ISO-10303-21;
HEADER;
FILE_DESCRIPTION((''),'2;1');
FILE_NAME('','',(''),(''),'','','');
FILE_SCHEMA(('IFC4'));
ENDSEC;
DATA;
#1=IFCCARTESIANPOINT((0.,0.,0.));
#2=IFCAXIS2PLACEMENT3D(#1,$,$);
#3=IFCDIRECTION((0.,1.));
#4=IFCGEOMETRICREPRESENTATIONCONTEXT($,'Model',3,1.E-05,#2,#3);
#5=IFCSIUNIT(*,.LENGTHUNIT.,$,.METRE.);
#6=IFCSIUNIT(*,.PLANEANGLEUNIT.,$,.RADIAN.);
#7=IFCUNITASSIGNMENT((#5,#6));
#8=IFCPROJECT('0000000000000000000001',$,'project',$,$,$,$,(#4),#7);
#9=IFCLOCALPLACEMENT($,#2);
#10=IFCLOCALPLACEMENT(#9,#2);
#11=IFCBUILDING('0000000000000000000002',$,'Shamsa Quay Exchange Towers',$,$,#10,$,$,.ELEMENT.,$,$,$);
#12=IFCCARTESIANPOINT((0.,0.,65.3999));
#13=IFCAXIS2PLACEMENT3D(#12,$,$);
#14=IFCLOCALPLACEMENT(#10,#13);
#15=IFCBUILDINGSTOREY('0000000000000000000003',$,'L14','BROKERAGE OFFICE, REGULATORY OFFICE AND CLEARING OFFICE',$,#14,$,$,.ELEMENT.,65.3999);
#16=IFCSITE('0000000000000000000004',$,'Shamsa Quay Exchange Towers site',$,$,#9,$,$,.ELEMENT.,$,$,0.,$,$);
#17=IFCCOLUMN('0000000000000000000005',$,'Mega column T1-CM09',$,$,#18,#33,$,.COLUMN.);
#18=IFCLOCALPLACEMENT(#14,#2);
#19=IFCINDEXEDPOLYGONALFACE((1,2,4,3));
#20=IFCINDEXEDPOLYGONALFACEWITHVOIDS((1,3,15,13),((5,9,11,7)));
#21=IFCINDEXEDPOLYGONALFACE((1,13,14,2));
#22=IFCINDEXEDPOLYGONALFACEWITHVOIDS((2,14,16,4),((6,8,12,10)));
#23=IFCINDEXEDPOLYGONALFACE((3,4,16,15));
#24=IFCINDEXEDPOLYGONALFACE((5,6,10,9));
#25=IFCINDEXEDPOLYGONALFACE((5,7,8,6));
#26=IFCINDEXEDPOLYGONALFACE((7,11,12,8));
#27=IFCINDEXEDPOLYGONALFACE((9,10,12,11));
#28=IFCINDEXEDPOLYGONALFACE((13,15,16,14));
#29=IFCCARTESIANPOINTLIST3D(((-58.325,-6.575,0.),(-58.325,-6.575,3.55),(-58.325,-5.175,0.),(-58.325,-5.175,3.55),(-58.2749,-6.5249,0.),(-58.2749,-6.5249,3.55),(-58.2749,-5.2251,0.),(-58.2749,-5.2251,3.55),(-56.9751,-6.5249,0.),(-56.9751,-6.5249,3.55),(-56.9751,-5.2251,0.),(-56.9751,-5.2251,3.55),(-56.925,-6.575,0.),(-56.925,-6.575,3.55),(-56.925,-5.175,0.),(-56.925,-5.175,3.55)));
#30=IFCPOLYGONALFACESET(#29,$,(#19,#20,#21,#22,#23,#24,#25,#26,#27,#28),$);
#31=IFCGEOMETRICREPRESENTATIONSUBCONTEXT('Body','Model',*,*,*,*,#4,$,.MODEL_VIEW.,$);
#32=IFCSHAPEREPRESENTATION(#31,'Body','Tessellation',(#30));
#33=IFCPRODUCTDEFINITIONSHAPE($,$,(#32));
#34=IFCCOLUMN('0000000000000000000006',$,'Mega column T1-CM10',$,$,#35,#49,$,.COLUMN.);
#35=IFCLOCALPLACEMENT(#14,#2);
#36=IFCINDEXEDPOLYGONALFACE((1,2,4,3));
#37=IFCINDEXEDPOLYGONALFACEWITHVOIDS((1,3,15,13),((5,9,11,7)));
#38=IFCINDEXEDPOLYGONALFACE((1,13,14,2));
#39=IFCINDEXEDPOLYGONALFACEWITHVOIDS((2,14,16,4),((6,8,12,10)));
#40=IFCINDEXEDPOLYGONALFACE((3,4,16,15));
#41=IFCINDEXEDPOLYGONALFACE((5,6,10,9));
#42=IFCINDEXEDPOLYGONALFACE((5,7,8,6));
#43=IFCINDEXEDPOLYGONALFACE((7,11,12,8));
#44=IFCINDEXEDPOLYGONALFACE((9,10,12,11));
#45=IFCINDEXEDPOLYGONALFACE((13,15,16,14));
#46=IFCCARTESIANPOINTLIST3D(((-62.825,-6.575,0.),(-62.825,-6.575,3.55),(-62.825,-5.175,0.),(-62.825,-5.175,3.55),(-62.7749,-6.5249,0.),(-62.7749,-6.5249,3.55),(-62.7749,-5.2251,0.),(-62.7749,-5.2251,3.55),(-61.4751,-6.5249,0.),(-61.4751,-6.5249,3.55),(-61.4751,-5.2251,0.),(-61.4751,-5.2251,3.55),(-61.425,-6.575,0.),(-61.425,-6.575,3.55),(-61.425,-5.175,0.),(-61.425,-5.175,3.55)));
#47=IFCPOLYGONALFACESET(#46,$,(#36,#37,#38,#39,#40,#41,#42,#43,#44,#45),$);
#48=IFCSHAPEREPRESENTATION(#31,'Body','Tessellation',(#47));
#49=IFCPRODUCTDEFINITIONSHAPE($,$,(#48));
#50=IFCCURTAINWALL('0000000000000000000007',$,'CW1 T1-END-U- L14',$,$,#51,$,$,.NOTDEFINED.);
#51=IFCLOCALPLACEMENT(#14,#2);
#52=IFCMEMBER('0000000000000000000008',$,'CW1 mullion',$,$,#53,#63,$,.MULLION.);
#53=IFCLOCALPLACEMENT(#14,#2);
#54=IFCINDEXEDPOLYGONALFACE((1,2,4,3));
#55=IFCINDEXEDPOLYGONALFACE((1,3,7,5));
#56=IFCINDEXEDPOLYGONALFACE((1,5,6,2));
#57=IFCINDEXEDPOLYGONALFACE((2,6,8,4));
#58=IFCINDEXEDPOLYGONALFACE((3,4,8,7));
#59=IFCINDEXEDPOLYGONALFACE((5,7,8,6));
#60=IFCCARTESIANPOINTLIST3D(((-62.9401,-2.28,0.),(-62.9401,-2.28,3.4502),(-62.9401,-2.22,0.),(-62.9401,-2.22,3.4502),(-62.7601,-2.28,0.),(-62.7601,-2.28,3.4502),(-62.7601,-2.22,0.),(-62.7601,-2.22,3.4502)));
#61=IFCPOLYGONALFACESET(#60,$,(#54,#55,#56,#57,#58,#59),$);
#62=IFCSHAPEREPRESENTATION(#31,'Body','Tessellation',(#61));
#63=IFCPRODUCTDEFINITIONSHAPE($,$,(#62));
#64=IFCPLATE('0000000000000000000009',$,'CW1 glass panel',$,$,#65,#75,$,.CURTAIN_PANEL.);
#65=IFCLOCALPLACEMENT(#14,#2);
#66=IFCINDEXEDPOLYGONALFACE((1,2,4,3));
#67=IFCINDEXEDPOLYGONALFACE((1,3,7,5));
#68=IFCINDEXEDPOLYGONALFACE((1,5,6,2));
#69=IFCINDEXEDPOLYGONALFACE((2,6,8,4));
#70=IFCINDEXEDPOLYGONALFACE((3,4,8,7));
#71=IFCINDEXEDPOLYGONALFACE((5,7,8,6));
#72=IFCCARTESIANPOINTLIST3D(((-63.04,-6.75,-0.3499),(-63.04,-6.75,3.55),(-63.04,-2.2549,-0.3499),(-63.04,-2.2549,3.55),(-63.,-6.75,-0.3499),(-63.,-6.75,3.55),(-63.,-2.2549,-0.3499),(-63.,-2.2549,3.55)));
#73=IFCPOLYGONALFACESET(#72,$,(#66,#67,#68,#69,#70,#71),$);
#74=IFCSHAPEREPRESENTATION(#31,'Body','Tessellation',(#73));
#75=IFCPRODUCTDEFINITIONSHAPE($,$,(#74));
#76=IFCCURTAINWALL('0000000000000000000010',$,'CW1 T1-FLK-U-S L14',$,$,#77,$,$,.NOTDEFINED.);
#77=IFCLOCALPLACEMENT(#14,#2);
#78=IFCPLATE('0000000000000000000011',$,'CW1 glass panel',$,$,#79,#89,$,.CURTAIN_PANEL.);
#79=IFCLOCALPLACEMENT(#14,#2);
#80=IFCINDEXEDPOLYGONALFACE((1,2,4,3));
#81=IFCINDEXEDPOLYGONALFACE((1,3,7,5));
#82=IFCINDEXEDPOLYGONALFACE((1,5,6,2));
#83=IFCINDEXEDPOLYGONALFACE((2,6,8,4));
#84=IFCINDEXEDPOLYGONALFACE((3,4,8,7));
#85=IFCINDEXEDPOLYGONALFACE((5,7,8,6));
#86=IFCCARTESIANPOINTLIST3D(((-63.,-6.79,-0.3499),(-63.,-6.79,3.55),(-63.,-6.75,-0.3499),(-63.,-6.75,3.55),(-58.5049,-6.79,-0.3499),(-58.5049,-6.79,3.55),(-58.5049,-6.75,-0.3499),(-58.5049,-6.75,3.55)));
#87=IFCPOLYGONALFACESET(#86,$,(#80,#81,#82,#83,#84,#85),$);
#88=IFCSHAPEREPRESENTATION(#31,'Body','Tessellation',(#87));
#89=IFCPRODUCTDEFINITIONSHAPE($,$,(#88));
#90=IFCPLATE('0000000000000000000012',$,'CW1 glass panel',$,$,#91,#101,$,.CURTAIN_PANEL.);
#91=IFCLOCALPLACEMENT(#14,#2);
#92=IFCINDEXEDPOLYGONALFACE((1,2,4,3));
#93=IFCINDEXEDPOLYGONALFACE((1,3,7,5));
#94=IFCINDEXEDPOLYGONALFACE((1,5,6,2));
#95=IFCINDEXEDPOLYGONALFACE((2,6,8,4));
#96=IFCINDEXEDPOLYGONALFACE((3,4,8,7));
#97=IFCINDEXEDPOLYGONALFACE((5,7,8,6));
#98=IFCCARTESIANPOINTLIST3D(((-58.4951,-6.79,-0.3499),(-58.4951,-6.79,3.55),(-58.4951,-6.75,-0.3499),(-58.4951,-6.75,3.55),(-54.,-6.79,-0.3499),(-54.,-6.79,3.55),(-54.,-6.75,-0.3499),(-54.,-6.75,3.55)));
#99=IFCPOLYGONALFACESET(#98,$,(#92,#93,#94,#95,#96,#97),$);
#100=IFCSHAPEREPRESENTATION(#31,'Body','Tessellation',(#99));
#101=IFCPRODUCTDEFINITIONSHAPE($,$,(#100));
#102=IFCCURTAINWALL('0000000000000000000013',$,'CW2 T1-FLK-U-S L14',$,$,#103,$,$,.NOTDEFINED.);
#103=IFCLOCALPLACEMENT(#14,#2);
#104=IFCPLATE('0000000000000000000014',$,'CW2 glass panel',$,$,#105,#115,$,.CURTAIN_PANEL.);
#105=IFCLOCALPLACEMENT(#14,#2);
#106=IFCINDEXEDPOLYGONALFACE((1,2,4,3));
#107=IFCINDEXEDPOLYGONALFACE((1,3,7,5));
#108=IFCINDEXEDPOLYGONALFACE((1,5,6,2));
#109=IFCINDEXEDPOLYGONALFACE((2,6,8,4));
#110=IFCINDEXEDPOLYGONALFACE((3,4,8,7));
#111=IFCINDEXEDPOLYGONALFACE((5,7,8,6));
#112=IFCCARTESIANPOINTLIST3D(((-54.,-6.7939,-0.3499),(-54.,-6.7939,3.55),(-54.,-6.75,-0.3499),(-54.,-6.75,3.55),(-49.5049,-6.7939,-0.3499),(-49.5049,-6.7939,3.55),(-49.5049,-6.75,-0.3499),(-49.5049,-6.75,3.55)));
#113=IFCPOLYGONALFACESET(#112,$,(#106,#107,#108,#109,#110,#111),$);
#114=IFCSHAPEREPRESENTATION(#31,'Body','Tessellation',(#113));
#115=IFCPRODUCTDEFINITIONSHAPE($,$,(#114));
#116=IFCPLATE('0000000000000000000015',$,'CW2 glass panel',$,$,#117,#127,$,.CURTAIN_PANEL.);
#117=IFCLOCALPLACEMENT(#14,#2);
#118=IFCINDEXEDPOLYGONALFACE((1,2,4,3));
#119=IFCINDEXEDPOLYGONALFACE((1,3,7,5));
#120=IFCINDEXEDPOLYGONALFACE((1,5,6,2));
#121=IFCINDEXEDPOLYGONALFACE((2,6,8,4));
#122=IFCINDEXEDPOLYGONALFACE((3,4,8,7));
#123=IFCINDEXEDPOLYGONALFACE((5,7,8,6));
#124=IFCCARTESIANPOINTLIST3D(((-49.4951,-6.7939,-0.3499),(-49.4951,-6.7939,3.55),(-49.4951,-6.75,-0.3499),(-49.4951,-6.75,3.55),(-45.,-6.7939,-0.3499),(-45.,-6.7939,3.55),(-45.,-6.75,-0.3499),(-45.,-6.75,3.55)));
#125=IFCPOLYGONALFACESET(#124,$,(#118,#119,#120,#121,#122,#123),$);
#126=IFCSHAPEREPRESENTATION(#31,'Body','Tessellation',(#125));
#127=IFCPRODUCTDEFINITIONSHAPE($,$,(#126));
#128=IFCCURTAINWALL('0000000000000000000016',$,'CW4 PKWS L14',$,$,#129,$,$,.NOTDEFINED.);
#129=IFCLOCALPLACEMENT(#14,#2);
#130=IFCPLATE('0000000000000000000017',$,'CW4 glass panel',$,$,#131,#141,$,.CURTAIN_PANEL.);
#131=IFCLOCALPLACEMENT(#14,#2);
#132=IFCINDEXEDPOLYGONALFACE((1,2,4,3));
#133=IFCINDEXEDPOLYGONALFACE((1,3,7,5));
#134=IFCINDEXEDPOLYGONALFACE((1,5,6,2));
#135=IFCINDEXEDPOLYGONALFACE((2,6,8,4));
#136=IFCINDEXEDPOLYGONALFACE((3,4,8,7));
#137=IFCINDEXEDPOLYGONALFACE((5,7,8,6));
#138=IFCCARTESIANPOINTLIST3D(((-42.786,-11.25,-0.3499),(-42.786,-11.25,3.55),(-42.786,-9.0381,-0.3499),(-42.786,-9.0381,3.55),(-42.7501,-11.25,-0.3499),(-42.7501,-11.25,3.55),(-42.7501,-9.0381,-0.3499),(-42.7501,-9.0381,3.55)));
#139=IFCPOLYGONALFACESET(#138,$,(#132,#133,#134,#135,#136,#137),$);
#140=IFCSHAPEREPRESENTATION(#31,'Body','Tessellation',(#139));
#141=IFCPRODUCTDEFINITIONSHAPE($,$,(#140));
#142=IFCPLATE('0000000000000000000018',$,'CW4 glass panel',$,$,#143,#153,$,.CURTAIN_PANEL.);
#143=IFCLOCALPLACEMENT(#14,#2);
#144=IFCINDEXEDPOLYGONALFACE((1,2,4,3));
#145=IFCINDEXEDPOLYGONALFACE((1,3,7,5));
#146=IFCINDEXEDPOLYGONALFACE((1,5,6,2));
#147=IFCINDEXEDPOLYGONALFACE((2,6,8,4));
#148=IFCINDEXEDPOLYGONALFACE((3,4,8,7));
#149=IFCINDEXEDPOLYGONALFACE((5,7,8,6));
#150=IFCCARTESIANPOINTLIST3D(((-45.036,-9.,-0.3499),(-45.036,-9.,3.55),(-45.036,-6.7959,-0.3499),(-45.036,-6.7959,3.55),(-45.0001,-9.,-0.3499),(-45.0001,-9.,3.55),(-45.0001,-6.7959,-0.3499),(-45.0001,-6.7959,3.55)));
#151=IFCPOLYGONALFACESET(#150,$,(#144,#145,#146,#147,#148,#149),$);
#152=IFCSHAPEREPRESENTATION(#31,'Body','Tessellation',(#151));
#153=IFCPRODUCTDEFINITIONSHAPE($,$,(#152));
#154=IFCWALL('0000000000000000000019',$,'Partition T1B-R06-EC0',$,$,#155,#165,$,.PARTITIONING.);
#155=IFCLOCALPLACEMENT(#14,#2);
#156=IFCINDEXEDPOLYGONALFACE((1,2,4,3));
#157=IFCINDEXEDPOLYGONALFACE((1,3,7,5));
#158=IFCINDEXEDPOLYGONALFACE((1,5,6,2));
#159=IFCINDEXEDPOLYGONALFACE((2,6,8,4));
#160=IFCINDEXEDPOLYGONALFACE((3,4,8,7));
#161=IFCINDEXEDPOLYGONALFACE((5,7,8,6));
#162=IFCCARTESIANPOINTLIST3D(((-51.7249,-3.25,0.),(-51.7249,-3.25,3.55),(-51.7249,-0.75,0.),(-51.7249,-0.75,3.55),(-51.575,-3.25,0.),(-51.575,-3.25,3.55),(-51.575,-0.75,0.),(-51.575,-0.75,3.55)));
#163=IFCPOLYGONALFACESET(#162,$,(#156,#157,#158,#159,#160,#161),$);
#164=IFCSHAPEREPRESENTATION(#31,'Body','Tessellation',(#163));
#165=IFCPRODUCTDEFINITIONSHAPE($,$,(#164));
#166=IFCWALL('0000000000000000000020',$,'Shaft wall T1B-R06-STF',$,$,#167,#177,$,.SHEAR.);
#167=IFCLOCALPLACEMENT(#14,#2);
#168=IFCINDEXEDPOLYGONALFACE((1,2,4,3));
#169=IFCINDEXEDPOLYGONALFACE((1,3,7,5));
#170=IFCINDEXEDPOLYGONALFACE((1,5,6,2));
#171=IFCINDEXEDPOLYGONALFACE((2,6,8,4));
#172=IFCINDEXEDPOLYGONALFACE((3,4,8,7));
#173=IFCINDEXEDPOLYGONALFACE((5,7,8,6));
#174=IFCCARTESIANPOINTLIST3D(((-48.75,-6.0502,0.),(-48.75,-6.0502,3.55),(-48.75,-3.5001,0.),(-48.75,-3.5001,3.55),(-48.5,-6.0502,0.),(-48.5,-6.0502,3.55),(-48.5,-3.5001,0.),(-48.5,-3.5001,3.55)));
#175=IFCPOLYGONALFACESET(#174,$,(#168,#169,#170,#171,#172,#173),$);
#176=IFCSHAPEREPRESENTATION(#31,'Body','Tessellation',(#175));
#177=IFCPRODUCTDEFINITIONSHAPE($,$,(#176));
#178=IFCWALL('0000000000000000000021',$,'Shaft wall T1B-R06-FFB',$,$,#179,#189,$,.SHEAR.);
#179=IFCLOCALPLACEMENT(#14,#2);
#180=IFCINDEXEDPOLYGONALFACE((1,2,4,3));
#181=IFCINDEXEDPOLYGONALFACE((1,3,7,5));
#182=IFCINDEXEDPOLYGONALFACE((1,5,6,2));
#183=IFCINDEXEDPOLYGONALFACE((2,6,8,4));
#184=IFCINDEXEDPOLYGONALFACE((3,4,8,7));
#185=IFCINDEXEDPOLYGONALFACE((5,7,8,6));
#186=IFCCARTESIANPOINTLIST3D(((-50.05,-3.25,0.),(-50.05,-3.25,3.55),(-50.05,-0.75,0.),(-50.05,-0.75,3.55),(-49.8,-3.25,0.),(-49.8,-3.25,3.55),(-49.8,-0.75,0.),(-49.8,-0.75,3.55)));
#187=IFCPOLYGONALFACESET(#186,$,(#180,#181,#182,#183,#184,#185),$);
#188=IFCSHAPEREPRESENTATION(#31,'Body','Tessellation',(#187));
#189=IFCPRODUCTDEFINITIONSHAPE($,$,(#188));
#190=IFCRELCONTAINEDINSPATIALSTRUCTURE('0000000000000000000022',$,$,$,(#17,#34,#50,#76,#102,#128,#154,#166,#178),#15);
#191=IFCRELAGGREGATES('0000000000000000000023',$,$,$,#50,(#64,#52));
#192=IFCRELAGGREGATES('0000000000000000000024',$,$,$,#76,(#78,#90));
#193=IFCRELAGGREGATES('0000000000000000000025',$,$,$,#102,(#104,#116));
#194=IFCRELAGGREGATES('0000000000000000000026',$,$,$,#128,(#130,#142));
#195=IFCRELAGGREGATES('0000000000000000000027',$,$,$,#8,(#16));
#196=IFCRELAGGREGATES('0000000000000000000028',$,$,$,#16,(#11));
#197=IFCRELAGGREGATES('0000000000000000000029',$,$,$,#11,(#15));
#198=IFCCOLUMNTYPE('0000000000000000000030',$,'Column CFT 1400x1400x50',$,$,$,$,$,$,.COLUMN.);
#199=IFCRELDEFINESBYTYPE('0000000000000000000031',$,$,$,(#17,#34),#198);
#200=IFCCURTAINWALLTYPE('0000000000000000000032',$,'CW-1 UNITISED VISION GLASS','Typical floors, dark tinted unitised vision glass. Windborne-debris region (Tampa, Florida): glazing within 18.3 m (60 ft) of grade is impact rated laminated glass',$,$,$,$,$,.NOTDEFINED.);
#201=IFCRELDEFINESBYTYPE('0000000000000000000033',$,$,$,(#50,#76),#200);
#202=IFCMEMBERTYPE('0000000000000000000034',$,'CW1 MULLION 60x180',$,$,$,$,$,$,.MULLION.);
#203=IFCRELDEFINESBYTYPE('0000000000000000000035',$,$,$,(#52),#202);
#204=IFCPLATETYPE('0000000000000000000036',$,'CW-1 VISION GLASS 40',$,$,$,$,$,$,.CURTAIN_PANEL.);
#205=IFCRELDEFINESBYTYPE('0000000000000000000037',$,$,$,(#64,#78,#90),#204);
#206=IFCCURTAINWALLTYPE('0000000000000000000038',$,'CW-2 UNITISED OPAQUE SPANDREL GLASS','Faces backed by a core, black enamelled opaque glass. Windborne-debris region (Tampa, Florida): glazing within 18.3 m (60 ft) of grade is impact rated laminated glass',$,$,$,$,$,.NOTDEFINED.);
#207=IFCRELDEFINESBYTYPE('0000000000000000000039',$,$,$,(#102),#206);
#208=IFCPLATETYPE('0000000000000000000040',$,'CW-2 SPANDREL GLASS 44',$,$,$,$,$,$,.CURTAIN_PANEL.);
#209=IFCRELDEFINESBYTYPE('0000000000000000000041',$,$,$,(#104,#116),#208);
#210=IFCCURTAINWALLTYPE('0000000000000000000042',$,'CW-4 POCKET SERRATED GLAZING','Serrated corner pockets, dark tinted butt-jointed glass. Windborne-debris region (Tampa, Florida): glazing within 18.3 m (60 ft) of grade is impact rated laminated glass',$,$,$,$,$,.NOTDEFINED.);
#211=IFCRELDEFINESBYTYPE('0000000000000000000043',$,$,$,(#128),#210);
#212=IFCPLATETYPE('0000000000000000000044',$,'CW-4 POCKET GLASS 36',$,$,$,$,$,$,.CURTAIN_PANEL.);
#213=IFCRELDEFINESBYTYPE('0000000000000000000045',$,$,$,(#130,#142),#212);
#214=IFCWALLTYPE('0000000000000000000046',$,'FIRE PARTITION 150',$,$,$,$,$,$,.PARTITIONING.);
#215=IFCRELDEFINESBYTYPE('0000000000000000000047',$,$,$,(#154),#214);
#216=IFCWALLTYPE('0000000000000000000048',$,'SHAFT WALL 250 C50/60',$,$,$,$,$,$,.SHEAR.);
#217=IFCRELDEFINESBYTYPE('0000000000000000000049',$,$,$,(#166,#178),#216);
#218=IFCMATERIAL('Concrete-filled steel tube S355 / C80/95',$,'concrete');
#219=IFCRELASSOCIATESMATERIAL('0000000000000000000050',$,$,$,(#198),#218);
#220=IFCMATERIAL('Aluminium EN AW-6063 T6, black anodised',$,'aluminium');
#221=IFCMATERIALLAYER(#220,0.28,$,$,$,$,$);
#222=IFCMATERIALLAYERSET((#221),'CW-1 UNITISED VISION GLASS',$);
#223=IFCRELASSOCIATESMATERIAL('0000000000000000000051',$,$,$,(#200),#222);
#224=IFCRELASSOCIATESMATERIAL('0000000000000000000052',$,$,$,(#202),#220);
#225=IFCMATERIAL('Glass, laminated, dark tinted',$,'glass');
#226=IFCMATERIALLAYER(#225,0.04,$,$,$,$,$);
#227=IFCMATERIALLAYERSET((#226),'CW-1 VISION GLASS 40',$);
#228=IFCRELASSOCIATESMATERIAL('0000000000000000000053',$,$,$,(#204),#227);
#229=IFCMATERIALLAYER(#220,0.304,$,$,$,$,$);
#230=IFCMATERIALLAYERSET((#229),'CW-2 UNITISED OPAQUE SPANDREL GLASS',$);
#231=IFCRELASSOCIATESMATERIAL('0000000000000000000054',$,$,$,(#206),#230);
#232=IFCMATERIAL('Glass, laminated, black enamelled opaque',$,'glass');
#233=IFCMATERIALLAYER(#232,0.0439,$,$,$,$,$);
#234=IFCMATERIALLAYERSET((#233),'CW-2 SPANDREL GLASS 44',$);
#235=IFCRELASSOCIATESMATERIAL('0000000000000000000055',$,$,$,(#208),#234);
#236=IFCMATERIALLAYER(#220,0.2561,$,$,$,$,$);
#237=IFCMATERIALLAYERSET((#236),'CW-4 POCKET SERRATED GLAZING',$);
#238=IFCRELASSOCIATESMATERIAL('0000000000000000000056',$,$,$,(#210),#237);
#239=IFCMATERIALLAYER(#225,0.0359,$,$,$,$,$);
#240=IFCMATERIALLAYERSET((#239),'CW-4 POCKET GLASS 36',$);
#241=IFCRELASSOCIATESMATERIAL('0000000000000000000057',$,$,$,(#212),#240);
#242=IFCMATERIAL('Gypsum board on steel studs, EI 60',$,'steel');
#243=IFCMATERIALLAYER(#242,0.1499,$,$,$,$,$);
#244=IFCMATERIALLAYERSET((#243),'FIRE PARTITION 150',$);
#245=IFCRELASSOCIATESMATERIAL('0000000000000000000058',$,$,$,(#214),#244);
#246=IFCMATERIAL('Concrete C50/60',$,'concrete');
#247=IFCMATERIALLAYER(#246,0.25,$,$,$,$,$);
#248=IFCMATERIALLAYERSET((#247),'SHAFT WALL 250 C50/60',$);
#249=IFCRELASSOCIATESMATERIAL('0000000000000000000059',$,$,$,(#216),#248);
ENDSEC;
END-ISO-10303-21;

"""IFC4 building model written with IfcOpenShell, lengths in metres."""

from ifc_helpers import new_model, si_unit, direction, frame, frame_2d, origin, origin_2d, place, context, subcontext, project, spatial, rectangle, hollow_rectangle, extrude, material, layer, layer_set, material_profile, profile_set, type_object, element, aggregate, save


model = new_model("IFC4")

# Units and contexts
model_context = context("Model", 3, precision=1e-05, world=origin(), true_north=direction((0.0, 1.0)))
body_context = subcontext(model_context, "Body", "Model", "MODEL_VIEW")
ifc_project = project(units=[si_unit("LENGTHUNIT", "METRE"), si_unit("PLANEANGLEUNIT", "RADIAN")], contexts=[model_context])

# Site, building, storey
site_placement = place(None, origin())
site = spatial("IfcSite", under=ifc_project, at=site_placement, Name="Shamsa Quay Exchange Towers site", CompositionType="ELEMENT", RefElevation=0.0)
building_placement = place(site_placement, origin())
building = spatial("IfcBuilding", under=site, at=building_placement, Name="Shamsa Quay Exchange Towers", CompositionType="ELEMENT")
storey_placement = place(building_placement, frame((0.0, 0.0, 65.3999)))
storey = spatial("IfcBuildingStorey", under=building, at=storey_placement, Name="L14", Description="BROKERAGE OFFICE, REGULATORY OFFICE AND CLEARING OFFICE", CompositionType="ELEMENT", Elevation=65.3999)

# Columns
ifc_material_1 = material(Name="Concrete-filled steel tube S355 / C80/95", Category="concrete")
ifc_material_profile_1 = material_profile(ifc_material_1, hollow_rectangle(XDim=1.3999, YDim=1.3999, WallThickness=0.05, at=origin_2d()), Name="CFT 1400x1400x50")
ifc_profile_set_1 = profile_set([ifc_material_profile_1], Name="Concrete-filled steel tube S355 / C80/95")
column_type = type_object("IfcColumnType", Name="Column CFT 1400x1400x50", PredefinedType="COLUMN", material=ifc_profile_set_1)
for number, where, name in (
    (1, (-57.625, -5.875, 0.0), "Mega column T1-CM09"),
    (2, (-62.125, -5.875, 0.0), "Mega column T1-CM10"),
):
    element("IfcColumn", number, at=place(storey_placement, frame(where)), inside=storey, type_object=column_type, Name=name, PredefinedType="COLUMN", context=body_context, shape_type="SweptSolid", body=[
        extrude(hollow_rectangle(XDim=1.3999, YDim=1.3999, WallThickness=0.05, at=origin_2d()), origin(), (0.0, 0.0, 1.0), 3.55),
    ])

# Curtain wall, member, plate
ifc_material_2 = material(Name="Aluminium EN AW-6063 T6, black anodised", Category="aluminium")
ifc_layer_1 = layer(ifc_material_2, 0.28)
ifc_layer_set_1 = layer_set([ifc_layer_1], Name="CW-1 UNITISED VISION GLASS")
curtain_wall_type_1 = type_object("IfcCurtainWallType", Name="CW-1 UNITISED VISION GLASS", Description="Typical floors, dark tinted unitised vision glass. Windborne-debris region (Tampa, Florida): glazing within 18.3 m (60 ft) of grade is impact rated laminated glass", PredefinedType="NOTDEFINED", material=ifc_layer_set_1)
curtain_wall_1_placement = place(storey_placement, origin())
curtain_wall_1 = element("IfcCurtainWall", 3, at=curtain_wall_1_placement, inside=storey, type_object=curtain_wall_type_1, Name="CW1 T1-END-U- L14", PredefinedType="NOTDEFINED")
ifc_material_profile_2 = material_profile(ifc_material_2, rectangle(XDim=0.1799, YDim=0.0601, at=origin_2d()), Name="MU60x180")
ifc_profile_set_2 = profile_set([ifc_material_profile_2], Name="Aluminium EN AW-6063 T6, black anodised")
member_type = type_object("IfcMemberType", Name="CW1 MULLION 60x180", PredefinedType="MULLION", material=ifc_profile_set_2)
member_placement = place(storey_placement, frame((-62.8501, -2.25, 0.0)))
member = element("IfcMember", 4, at=member_placement, type_object=member_type, Name="CW1 mullion", PredefinedType="MULLION", context=body_context, shape_type="SweptSolid", body=[
    extrude(rectangle(XDim=0.1799, YDim=0.0601, at=origin_2d()), origin(), (0.0, 0.0, 1.0), 3.4502),
])
ifc_material_3 = material(Name="Glass, laminated, dark tinted", Category="glass")
ifc_layer_2 = layer(ifc_material_3, 0.04)
ifc_layer_set_2 = layer_set([ifc_layer_2], Name="CW-1 VISION GLASS 40")
plate_type_1 = type_object("IfcPlateType", Name="CW-1 VISION GLASS 40", PredefinedType="CURTAIN_PANEL", material=ifc_layer_set_2)
plate_1_placement = place(storey_placement, frame((-63.02, -4.5024, -0.3499), z_axis=(0.0, 0.0, 1.0), x_axis=(0.0, -1.0, 0.0)))
plate_1 = element("IfcPlate", 5, at=plate_1_placement, type_object=plate_type_1, Name="CW1 glass panel", PredefinedType="CURTAIN_PANEL", context=body_context, shape_type="SweptSolid", body=[
    extrude(rectangle(XDim=4.4951, YDim=0.04, at=origin_2d()), origin(), (0.0, 0.0, 1.0), 3.8999),
])
aggregate(curtain_wall_1, [plate_1, member])

# Curtain walls, plates
curtain_wall_2_placement = place(storey_placement, origin())
curtain_wall_2 = element("IfcCurtainWall", 6, at=curtain_wall_2_placement, inside=storey, type_object=curtain_wall_type_1, Name="CW1 T1-FLK-U-S L14", PredefinedType="NOTDEFINED")
plate_2_placement = place(storey_placement, frame((-60.7524, -6.77, -0.3499)))
plate_2 = element("IfcPlate", 7, at=plate_2_placement, type_object=plate_type_1, Name="CW1 glass panel", PredefinedType="CURTAIN_PANEL", context=body_context, shape_type="SweptSolid", body=[
    extrude(rectangle(XDim=4.4951, YDim=0.04, at=origin_2d()), origin(), (0.0, 0.0, 1.0), 3.8999),
])
plate_3_placement = place(storey_placement, frame((-56.2476, -6.77, -0.3499)))
plate_3 = element("IfcPlate", 8, at=plate_3_placement, type_object=plate_type_1, Name="CW1 glass panel", PredefinedType="CURTAIN_PANEL", context=body_context, shape_type="SweptSolid", body=[
    extrude(rectangle(XDim=4.4951, YDim=0.04, at=origin_2d()), origin(), (0.0, 0.0, 1.0), 3.8999),
])
aggregate(curtain_wall_2, [plate_2, plate_3])
ifc_layer_3 = layer(ifc_material_2, 0.304)
ifc_layer_set_3 = layer_set([ifc_layer_3], Name="CW-2 UNITISED OPAQUE SPANDREL GLASS")
curtain_wall_type_2 = type_object("IfcCurtainWallType", Name="CW-2 UNITISED OPAQUE SPANDREL GLASS", Description="Faces backed by a core, black enamelled opaque glass. Windborne-debris region (Tampa, Florida): glazing within 18.3 m (60 ft) of grade is impact rated laminated glass", PredefinedType="NOTDEFINED", material=ifc_layer_set_3)
curtain_wall_3_placement = place(storey_placement, origin())
curtain_wall_3 = element("IfcCurtainWall", 9, at=curtain_wall_3_placement, inside=storey, type_object=curtain_wall_type_2, Name="CW2 T1-FLK-U-S L14", PredefinedType="NOTDEFINED")
ifc_material_4 = material(Name="Glass, laminated, black enamelled opaque", Category="glass")
ifc_layer_4 = layer(ifc_material_4, 0.0439)
ifc_layer_set_4 = layer_set([ifc_layer_4], Name="CW-2 SPANDREL GLASS 44")
plate_type_2 = type_object("IfcPlateType", Name="CW-2 SPANDREL GLASS 44", PredefinedType="CURTAIN_PANEL", material=ifc_layer_set_4)
plate_4_placement = place(storey_placement, frame((-51.7524, -6.772, -0.3499)))
plate_4 = element("IfcPlate", 10, at=plate_4_placement, type_object=plate_type_2, Name="CW2 glass panel", PredefinedType="CURTAIN_PANEL", context=body_context, shape_type="SweptSolid", body=[
    extrude(rectangle(XDim=4.4951, YDim=0.0439, at=origin_2d()), origin(), (0.0, 0.0, 1.0), 3.8999),
])
plate_5_placement = place(storey_placement, frame((-47.2476, -6.772, -0.3499)))
plate_5 = element("IfcPlate", 11, at=plate_5_placement, type_object=plate_type_2, Name="CW2 glass panel", PredefinedType="CURTAIN_PANEL", context=body_context, shape_type="SweptSolid", body=[
    extrude(rectangle(XDim=4.4951, YDim=0.0439, at=origin_2d()), origin(), (0.0, 0.0, 1.0), 3.8999),
])
aggregate(curtain_wall_3, [plate_4, plate_5])
ifc_layer_5 = layer(ifc_material_2, 0.2561)
ifc_layer_set_5 = layer_set([ifc_layer_5], Name="CW-4 POCKET SERRATED GLAZING")
curtain_wall_type_3 = type_object("IfcCurtainWallType", Name="CW-4 POCKET SERRATED GLAZING", Description="Serrated corner pockets, dark tinted butt-jointed glass. Windborne-debris region (Tampa, Florida): glazing within 18.3 m (60 ft) of grade is impact rated laminated glass", PredefinedType="NOTDEFINED", material=ifc_layer_set_5)
curtain_wall_4_placement = place(storey_placement, origin())
curtain_wall_4 = element("IfcCurtainWall", 12, at=curtain_wall_4_placement, inside=storey, type_object=curtain_wall_type_3, Name="CW4 PKWS L14", PredefinedType="NOTDEFINED")
ifc_layer_6 = layer(ifc_material_3, 0.0359)
ifc_layer_set_6 = layer_set([ifc_layer_6], Name="CW-4 POCKET GLASS 36")
plate_type_3 = type_object("IfcPlateType", Name="CW-4 POCKET GLASS 36", PredefinedType="CURTAIN_PANEL", material=ifc_layer_set_6)
plate_6_placement = place(storey_placement, frame((-42.7681, -10.144, -0.3499), z_axis=(0.0, 0.0, 1.0), x_axis=(0.0, -1.0, 0.0)))
plate_6 = element("IfcPlate", 13, at=plate_6_placement, type_object=plate_type_3, Name="CW4 glass panel", PredefinedType="CURTAIN_PANEL", context=body_context, shape_type="SweptSolid", body=[
    extrude(rectangle(XDim=2.2119, YDim=0.0359, at=origin_2d()), origin(), (0.0, 0.0, 1.0), 3.8999),
])
plate_7_placement = place(storey_placement, frame((-45.0181, -7.8979, -0.3499), z_axis=(0.0, 0.0, 1.0), x_axis=(0.0, -1.0, 0.0)))
plate_7 = element("IfcPlate", 14, at=plate_7_placement, type_object=plate_type_3, Name="CW4 glass panel", PredefinedType="CURTAIN_PANEL", context=body_context, shape_type="SweptSolid", body=[
    extrude(rectangle(XDim=2.2041, YDim=0.0359, at=origin_2d()), origin(), (0.0, 0.0, 1.0), 3.8999),
])
aggregate(curtain_wall_4, [plate_6, plate_7])

# Walls
ifc_material_5 = material(Name="Gypsum board on steel studs, EI 60", Category="steel")
ifc_layer_7 = layer(ifc_material_5, 0.1499)
ifc_layer_set_7 = layer_set([ifc_layer_7], Name="FIRE PARTITION 150")
wall_type_1 = type_object("IfcWallType", Name="FIRE PARTITION 150", PredefinedType="PARTITIONING", material=ifc_layer_set_7)
wall_1_placement = place(storey_placement, frame((-51.6499, -3.25, 0.0), z_axis=(0.0, 0.0, 1.0), x_axis=(0.0, 1.0, 0.0)))
element("IfcWall", 15, at=wall_1_placement, inside=storey, type_object=wall_type_1, Name="Partition T1B-R06-EC0", PredefinedType="PARTITIONING", context=body_context, shape_type="SweptSolid", body=[
    extrude(rectangle(XDim=2.5, YDim=0.1499, at=frame_2d((1.25, 0.0))), origin(), (0.0, 0.0, 1.0), 3.55),
])
ifc_material_6 = material(Name="Concrete C50/60", Category="concrete")
ifc_layer_8 = layer(ifc_material_6, 0.25)
ifc_layer_set_8 = layer_set([ifc_layer_8], Name="SHAFT WALL 250 C50/60")
wall_type_2 = type_object("IfcWallType", Name="SHAFT WALL 250 C50/60", PredefinedType="SHEAR", material=ifc_layer_set_8)
wall_2_placement = place(storey_placement, frame((-48.625, -6.05, 0.0), z_axis=(0.0, 0.0, 1.0), x_axis=(0.0, 1.0, 0.0)))
element("IfcWall", 16, at=wall_2_placement, inside=storey, type_object=wall_type_2, Name="Shaft wall T1B-R06-STF", PredefinedType="SHEAR", context=body_context, shape_type="SweptSolid", body=[
    extrude(rectangle(XDim=2.55, YDim=0.25, at=frame_2d((1.2749, 0.0))), origin(), (0.0, 0.0, 1.0), 3.55),
])

# Wall
wall_3_placement = place(storey_placement, frame((-49.925, -3.25, 0.0), z_axis=(0.0, 0.0, 1.0), x_axis=(0.0, 1.0, 0.0)))
element("IfcWall", 17, at=wall_3_placement, inside=storey, type_object=wall_type_2, Name="Shaft wall T1B-R06-FFB", PredefinedType="SHEAR", context=body_context, shape_type="SweptSolid", body=[
    extrude(rectangle(XDim=2.5, YDim=0.25, at=frame_2d((1.25, 0.0))), origin(), (0.0, 0.0, 1.0), 3.55),
])

save(model, "model.ifc")
